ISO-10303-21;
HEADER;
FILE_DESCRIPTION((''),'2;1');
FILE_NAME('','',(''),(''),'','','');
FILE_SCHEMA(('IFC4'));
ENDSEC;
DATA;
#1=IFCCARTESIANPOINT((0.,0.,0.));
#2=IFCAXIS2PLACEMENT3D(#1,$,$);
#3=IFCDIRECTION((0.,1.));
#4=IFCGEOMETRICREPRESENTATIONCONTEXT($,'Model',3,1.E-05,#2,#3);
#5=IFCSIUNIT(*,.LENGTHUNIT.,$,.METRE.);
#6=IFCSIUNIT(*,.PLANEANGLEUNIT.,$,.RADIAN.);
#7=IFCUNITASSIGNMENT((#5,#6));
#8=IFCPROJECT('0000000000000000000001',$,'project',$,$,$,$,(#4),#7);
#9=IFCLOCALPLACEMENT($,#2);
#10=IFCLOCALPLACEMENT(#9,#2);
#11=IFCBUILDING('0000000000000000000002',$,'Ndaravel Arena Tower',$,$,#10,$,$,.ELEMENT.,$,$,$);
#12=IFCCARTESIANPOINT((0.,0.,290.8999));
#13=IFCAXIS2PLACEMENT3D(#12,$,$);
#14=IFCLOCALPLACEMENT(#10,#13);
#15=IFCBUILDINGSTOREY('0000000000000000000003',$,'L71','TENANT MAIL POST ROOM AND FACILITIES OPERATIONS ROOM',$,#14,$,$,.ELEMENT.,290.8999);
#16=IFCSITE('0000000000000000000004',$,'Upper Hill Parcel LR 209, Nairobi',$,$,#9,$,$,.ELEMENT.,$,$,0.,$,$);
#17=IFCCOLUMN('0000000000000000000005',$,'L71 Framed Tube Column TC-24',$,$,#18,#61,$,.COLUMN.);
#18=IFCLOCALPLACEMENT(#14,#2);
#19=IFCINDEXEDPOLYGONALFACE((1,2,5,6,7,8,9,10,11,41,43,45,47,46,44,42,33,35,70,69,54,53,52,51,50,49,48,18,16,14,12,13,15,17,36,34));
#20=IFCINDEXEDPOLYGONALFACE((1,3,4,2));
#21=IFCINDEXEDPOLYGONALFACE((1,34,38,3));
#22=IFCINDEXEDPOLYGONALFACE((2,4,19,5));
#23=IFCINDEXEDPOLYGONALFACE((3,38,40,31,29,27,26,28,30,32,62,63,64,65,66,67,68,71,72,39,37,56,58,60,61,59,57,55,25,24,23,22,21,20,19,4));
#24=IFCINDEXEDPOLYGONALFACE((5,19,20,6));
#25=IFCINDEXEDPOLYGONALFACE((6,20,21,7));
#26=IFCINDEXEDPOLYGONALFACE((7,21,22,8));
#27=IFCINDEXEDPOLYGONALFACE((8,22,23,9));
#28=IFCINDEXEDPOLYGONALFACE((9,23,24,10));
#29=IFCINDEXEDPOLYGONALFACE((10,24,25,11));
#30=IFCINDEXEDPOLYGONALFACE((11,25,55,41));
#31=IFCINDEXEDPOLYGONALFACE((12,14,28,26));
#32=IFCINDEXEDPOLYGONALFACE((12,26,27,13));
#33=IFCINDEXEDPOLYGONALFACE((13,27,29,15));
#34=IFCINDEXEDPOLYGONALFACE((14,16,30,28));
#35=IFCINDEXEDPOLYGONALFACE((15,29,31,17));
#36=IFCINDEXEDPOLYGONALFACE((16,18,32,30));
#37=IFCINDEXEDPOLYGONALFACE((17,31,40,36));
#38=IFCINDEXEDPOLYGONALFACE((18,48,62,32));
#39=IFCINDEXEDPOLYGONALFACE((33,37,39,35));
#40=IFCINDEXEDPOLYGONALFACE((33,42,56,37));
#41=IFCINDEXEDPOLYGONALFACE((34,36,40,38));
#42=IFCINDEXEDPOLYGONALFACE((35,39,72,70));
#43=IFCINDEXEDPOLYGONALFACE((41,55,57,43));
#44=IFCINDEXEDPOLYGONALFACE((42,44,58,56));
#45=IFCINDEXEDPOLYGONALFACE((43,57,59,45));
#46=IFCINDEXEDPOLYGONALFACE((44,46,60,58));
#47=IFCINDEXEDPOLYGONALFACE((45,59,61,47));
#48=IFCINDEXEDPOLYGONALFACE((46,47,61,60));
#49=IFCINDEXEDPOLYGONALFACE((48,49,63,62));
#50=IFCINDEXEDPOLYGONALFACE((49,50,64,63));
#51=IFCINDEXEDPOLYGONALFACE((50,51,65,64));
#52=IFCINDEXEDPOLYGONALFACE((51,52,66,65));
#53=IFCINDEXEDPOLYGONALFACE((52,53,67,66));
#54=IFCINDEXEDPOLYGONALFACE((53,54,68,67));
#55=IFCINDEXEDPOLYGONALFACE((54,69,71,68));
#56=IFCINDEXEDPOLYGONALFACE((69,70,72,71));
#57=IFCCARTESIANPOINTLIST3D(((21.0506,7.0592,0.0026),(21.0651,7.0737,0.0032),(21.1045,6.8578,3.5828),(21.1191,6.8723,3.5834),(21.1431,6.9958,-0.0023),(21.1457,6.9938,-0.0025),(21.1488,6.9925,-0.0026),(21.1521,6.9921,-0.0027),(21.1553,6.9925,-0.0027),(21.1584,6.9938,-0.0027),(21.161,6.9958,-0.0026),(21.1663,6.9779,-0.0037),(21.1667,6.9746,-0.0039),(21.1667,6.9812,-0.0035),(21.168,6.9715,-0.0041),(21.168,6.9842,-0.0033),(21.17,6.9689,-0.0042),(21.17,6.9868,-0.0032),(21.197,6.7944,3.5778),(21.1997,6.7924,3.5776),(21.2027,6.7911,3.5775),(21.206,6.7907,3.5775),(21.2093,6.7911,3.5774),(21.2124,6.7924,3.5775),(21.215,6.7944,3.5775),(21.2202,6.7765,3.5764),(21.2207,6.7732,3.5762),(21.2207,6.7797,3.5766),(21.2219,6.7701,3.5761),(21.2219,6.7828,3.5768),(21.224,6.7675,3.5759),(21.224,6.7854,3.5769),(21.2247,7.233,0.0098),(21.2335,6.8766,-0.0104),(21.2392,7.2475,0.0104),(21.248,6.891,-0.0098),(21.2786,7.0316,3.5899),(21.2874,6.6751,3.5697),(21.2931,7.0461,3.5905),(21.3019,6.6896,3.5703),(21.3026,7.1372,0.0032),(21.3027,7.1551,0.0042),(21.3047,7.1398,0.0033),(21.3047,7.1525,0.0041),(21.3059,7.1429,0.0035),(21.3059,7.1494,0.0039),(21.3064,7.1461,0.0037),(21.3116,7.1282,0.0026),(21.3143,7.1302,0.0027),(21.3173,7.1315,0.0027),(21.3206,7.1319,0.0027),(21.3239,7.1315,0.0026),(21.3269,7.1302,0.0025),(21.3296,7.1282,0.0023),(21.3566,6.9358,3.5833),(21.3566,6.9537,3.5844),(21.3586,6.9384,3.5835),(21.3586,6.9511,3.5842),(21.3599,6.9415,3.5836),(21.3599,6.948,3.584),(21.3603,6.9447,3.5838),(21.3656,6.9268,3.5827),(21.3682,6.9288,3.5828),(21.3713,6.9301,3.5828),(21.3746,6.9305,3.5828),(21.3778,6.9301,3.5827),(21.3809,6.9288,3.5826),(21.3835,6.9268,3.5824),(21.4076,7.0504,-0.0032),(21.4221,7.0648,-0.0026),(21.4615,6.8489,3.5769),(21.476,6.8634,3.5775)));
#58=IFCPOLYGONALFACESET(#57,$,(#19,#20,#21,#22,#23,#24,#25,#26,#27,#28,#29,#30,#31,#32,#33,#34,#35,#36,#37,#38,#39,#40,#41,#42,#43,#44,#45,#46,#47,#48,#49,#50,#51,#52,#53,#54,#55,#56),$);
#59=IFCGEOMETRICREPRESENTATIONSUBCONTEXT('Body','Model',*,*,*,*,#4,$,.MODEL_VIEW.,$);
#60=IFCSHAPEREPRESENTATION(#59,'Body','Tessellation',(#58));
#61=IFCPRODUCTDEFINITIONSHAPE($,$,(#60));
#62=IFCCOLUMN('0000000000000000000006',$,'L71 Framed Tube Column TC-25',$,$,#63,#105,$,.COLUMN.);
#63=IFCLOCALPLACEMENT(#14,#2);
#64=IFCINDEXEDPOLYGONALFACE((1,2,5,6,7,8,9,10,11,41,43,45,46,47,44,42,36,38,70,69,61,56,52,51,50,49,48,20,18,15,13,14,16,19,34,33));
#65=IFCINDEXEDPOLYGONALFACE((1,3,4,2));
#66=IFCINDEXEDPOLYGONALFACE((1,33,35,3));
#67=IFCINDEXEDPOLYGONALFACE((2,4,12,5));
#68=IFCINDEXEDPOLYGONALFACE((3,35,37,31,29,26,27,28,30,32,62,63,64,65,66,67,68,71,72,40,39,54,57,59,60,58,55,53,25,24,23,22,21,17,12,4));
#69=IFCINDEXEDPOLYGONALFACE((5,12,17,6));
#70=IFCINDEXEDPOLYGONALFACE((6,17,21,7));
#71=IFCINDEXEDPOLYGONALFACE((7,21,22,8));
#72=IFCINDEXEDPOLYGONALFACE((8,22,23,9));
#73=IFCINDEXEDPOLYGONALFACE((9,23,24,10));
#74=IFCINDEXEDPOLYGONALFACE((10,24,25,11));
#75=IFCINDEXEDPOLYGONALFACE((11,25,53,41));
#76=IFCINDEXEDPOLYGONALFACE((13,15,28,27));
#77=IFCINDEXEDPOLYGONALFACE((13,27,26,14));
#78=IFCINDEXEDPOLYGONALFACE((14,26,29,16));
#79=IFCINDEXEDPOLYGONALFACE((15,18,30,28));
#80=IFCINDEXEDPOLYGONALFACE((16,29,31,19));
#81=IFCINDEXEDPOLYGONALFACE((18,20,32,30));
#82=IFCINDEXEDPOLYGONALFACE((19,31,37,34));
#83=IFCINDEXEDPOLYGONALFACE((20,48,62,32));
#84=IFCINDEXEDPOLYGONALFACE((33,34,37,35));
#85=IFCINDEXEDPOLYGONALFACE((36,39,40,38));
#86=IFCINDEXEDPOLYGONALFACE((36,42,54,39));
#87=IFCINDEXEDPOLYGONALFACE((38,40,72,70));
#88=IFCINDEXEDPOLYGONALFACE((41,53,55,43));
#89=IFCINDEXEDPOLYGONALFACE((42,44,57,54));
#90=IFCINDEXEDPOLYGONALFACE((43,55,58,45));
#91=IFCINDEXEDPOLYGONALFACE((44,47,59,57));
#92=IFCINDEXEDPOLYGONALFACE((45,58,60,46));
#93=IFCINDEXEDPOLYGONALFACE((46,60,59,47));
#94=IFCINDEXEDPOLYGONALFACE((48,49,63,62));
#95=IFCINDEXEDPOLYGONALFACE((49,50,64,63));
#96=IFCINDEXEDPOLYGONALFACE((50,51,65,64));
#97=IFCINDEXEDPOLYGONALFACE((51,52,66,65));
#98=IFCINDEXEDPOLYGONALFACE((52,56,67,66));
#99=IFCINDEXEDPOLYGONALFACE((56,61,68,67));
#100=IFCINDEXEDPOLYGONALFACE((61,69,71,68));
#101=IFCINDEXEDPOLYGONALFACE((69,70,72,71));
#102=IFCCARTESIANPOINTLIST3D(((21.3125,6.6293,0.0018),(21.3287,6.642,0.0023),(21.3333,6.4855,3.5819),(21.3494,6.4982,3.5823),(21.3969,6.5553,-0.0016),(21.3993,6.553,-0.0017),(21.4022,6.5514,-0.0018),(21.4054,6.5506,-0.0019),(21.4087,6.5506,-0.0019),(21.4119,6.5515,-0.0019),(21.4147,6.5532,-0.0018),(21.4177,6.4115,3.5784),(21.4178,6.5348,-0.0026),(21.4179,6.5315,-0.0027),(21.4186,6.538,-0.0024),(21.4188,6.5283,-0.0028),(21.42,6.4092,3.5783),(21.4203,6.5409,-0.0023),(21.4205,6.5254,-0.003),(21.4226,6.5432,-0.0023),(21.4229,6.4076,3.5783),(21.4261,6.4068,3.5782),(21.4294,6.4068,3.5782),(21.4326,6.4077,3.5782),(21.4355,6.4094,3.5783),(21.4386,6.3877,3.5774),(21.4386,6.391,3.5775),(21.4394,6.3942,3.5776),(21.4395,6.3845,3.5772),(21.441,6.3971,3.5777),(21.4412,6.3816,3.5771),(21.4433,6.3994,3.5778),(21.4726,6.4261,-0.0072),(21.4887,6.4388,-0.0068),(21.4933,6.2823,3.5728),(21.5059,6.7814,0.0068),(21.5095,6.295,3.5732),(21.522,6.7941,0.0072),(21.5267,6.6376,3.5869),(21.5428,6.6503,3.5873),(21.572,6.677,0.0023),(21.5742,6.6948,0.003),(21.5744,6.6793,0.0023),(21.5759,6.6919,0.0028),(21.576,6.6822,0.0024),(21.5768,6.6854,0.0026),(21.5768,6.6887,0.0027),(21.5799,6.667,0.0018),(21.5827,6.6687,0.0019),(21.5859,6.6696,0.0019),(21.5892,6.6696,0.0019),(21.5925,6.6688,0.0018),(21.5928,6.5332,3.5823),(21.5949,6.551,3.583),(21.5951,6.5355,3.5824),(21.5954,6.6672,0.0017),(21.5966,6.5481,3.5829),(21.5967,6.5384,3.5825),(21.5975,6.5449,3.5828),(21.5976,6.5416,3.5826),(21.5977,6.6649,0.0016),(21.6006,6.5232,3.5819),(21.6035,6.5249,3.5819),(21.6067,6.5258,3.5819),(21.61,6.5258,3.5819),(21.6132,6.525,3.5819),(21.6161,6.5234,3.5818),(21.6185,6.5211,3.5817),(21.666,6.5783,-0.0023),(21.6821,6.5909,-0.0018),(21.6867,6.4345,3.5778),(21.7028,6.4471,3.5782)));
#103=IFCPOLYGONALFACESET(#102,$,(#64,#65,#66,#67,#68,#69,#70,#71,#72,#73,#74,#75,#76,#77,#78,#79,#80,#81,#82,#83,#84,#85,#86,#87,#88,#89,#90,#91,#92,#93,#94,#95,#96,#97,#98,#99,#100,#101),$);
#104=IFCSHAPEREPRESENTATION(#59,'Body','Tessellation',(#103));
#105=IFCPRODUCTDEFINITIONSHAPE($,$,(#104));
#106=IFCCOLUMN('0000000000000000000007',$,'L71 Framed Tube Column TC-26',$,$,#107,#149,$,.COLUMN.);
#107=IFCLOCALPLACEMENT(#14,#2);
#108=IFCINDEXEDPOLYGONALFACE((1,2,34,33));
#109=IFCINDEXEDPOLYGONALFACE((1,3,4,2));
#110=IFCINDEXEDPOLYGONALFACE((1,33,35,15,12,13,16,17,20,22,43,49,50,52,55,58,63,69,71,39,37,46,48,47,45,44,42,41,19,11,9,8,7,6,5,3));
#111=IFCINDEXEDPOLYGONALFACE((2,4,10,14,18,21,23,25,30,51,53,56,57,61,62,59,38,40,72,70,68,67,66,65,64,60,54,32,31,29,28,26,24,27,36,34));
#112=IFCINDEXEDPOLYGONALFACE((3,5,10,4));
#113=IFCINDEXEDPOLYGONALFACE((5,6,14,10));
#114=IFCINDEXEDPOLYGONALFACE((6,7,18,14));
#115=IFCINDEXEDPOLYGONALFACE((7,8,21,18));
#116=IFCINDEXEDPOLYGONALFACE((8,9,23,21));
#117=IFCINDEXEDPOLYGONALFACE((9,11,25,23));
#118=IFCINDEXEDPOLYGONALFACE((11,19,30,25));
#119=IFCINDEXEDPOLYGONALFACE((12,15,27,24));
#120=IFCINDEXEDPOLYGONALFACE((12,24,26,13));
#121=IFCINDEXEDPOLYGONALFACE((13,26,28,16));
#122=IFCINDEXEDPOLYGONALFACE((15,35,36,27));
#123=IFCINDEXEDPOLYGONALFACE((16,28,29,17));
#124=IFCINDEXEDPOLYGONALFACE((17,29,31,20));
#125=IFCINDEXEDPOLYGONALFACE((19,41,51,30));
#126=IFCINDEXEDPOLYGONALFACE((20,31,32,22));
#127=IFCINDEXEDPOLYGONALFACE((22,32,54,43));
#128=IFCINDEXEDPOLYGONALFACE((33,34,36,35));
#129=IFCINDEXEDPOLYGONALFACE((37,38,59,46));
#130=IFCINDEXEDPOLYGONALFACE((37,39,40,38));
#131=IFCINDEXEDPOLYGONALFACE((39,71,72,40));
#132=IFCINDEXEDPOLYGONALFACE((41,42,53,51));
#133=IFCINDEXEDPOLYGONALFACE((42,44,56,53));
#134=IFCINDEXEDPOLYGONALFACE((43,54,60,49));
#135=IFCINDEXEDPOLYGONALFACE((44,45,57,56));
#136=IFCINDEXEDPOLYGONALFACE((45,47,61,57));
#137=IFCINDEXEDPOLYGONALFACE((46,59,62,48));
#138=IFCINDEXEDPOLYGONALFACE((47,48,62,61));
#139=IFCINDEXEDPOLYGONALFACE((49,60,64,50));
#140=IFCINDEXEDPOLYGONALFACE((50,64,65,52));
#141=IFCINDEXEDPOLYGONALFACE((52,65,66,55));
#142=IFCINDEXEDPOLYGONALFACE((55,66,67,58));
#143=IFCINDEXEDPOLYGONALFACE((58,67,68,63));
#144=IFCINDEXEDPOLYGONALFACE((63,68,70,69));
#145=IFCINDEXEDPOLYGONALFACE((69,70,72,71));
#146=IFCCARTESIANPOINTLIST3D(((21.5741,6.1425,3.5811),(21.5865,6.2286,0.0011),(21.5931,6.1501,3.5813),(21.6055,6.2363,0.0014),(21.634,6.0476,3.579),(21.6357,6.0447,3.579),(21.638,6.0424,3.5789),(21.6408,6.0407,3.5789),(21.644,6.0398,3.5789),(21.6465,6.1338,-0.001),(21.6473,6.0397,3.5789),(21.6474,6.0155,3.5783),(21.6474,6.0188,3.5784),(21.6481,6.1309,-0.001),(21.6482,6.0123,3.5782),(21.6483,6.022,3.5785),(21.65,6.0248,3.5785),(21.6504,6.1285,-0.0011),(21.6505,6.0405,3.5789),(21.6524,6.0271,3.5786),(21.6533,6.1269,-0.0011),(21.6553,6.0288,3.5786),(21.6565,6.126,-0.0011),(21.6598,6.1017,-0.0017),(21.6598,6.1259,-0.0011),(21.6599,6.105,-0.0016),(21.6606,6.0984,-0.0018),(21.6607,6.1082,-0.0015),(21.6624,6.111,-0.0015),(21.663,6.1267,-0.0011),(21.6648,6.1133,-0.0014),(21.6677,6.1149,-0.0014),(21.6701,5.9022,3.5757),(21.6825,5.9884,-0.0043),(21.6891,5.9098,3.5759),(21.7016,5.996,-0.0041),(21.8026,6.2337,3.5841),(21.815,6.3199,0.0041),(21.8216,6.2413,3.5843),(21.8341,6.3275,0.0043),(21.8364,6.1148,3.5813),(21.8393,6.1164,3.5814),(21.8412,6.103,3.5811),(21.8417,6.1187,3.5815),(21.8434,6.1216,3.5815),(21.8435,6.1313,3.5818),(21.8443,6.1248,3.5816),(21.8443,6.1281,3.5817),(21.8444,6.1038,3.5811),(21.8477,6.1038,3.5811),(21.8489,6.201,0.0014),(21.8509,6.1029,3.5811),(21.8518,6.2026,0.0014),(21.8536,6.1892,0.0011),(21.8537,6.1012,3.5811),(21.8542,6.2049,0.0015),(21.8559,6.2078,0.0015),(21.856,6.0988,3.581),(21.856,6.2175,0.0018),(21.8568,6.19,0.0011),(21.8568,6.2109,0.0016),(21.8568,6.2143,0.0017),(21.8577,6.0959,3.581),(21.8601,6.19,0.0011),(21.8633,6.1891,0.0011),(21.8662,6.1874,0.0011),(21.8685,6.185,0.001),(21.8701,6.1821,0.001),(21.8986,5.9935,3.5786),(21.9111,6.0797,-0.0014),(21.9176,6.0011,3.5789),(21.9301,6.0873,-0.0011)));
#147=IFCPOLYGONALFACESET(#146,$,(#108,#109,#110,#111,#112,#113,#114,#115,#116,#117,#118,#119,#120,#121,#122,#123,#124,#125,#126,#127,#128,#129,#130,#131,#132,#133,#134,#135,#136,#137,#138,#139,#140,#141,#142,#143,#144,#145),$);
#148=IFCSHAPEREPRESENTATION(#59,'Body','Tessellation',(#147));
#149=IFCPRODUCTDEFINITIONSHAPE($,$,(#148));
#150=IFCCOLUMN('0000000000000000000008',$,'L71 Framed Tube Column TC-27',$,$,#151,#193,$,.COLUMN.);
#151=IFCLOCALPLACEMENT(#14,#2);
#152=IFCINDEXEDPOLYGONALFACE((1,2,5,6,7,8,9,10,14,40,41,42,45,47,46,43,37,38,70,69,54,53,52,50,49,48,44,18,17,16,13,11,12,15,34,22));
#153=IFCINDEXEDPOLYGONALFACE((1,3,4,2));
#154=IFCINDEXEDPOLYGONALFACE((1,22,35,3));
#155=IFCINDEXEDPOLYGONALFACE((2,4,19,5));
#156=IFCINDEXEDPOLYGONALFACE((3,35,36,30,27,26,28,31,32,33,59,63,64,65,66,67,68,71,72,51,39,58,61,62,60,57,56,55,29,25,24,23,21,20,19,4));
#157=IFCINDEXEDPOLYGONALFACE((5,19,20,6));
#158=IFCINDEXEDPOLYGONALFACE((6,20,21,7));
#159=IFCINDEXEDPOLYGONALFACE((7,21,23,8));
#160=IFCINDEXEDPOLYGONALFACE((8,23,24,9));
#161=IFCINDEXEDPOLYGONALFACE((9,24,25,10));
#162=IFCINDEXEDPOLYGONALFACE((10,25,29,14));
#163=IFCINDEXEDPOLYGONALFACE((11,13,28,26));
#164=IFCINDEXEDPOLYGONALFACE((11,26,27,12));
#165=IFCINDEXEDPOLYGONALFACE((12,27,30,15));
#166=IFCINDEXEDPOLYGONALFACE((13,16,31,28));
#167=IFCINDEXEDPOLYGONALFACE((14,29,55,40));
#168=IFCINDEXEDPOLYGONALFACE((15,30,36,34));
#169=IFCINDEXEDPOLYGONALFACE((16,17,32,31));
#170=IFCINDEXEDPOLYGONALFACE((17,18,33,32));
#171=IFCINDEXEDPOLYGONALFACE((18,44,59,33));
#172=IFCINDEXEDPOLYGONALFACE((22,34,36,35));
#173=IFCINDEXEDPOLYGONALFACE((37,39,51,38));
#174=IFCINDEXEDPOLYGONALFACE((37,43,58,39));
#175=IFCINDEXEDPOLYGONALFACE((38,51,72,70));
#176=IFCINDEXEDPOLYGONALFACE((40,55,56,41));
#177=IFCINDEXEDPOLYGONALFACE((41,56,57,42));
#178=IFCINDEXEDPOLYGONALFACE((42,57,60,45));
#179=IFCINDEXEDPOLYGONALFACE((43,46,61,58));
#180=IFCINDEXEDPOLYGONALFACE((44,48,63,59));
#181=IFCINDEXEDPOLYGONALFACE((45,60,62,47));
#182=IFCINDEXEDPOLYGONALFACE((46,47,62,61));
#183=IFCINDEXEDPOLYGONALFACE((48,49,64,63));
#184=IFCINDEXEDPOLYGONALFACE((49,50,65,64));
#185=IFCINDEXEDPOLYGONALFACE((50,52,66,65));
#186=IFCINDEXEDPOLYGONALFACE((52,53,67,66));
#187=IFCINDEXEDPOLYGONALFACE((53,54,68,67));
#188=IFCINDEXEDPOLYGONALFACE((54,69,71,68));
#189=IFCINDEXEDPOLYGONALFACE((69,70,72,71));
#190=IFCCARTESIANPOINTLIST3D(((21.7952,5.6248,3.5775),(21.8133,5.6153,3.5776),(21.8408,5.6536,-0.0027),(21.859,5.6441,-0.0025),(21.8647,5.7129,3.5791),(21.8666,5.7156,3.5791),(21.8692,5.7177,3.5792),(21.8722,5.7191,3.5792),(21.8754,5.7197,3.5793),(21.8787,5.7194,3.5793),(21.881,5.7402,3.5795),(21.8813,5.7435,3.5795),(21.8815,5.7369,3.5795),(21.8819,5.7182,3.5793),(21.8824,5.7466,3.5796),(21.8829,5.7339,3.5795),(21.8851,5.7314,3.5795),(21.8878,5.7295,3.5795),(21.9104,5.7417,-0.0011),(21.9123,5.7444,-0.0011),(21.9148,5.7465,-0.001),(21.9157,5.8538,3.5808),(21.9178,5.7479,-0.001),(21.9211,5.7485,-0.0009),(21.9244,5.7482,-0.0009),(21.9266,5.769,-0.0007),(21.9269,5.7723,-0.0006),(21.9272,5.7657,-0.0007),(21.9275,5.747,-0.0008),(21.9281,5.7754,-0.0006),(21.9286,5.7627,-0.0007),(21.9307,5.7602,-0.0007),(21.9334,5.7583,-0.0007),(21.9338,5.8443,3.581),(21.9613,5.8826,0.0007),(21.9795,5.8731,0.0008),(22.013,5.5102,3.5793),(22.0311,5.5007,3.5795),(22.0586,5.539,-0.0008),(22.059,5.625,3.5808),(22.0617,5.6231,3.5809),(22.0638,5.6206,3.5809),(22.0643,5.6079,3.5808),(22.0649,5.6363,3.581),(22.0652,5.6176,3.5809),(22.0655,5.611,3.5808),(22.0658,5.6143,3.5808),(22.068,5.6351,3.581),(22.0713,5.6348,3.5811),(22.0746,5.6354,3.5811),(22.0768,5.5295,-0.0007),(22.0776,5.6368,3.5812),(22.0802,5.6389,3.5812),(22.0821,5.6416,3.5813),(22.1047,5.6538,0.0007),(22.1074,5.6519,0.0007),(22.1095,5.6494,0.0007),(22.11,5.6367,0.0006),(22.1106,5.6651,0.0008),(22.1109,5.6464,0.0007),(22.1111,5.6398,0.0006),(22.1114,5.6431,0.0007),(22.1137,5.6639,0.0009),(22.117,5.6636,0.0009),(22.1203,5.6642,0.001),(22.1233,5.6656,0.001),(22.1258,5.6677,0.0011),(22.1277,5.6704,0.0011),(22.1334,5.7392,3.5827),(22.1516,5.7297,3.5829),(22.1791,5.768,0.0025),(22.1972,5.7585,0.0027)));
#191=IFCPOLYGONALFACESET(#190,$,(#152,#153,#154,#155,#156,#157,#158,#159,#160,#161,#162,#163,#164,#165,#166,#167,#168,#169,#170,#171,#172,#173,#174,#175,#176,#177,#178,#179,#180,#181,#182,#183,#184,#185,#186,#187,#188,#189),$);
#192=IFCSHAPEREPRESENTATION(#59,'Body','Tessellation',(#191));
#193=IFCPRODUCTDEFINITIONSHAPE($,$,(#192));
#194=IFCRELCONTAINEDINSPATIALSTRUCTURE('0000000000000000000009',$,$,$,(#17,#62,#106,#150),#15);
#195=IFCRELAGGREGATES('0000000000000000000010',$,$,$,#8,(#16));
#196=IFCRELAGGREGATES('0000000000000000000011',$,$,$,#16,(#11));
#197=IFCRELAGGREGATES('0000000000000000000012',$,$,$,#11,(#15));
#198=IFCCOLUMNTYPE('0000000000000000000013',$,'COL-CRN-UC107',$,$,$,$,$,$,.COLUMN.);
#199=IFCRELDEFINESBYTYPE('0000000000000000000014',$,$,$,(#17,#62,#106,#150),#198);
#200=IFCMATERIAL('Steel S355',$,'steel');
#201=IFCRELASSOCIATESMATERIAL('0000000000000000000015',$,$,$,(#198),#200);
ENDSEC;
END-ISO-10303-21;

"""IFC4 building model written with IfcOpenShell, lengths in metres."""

from ifc_helpers import new_model, si_unit, direction, frame, origin, origin_2d, place, context, subcontext, project, spatial, i_section, extrude, material, material_profile, profile_set, type_object, element, save


model = new_model("IFC4")

# Units and contexts
model_context = context("Model", 3, precision=1e-05, world=origin(), true_north=direction((0.0, 1.0)))
body_context = subcontext(model_context, "Body", "Model", "MODEL_VIEW")
ifc_project = project(units=[si_unit("LENGTHUNIT", "METRE"), si_unit("PLANEANGLEUNIT", "RADIAN")], contexts=[model_context])

# Site, building, storey
site_placement = place(None, origin())
site = spatial("IfcSite", under=ifc_project, at=site_placement, Name="Upper Hill Parcel LR 209, Nairobi", CompositionType="ELEMENT", RefElevation=0.0)
building_placement = place(site_placement, origin())
building = spatial("IfcBuilding", under=site, at=building_placement, Name="Ndaravel Arena Tower", CompositionType="ELEMENT")
storey_placement = place(building_placement, frame((0.0, 0.0, 290.8999)))
storey = spatial("IfcBuildingStorey", under=building, at=storey_placement, Name="L71", Description="TENANT MAIL POST ROOM AND FACILITIES OPERATIONS ROOM", CompositionType="ELEMENT", Elevation=290.8999)

# Columns
ifc_material_1 = material(Name="Steel S355", Category="steel")
ifc_material_profile_1 = material_profile(ifc_material_1, i_section(OverallWidth=0.2588, OverallDepth=0.2666, WebThickness=0.0127, FlangeThickness=0.0205, FilletRadius=0.0127, at=origin_2d()), Name="UC 254x254x107")
ifc_profile_set_1 = profile_set([ifc_material_profile_1], Name="Steel S355")
column_type = type_object("IfcColumnType", Name="COL-CRN-UC107", PredefinedType="COLUMN", material=ifc_profile_set_1)
column_1_placement = place(storey_placement, frame((21.2363, 7.062, 0.0), z_axis=(0.015045, -0.056165, 0.998308), x_axis=(-0.706681, 0.705738, 0.050355)))
element("IfcColumn", 1, at=column_1_placement, inside=storey, type_object=column_type, Name="L71 Framed Tube Column TC-24", PredefinedType="COLUMN", context=body_context, shape_type="SweptSolid", body=[
    extrude(i_section(OverallWidth=0.2588, OverallDepth=0.2666, WebThickness=0.0127, FlangeThickness=0.0205, FilletRadius=0.0127, at=origin_2d()), origin(), (0.0, 0.0, 1.0), 3.5862),
])
column_2_placement = place(storey_placement, frame((21.4973, 6.6101, 0.0), z_axis=(0.005792, -0.040133, 0.999178), x_axis=(-0.618468, 0.785025, 0.035117)))
element("IfcColumn", 2, at=column_2_placement, inside=storey, type_object=column_type, Name="L71 Framed Tube Column TC-25", PredefinedType="COLUMN", context=body_context, shape_type="SweptSolid", body=[
    extrude(i_section(OverallWidth=0.2588, OverallDepth=0.2666, WebThickness=0.0127, FlangeThickness=0.0205, FilletRadius=0.0127, at=origin_2d()), origin(), (0.0, 0.0, 1.0), 3.583),
])
column_3_placement = place(storey_placement, frame((21.7583, 6.158, 0.0), z_axis=(-0.003477, -0.024065, 0.999704), x_axis=(-0.371065, 0.928368, 0.021058)))
element("IfcColumn", 3, at=column_3_placement, inside=storey, type_object=column_type, Name="L71 Framed Tube Column TC-26", PredefinedType="COLUMN", context=body_context, shape_type="SweptSolid", body=[
    extrude(i_section(OverallWidth=0.2588, OverallDepth=0.2666, WebThickness=0.0127, FlangeThickness=0.0205, FilletRadius=0.0127, at=origin_2d()), origin(), (0.0, 0.0, 1.0), 3.5811),
])
column_4_placement = place(storey_placement, frame((22.019, 5.7061, 0.0), z_axis=(-0.012751, -0.008046, 0.999886), x_axis=(0.465491, 0.884956, 0.013057)))
element("IfcColumn", 4, at=column_4_placement, inside=storey, type_object=column_type, Name="L71 Framed Tube Column TC-27", PredefinedType="COLUMN", context=body_context, shape_type="SweptSolid", body=[
    extrude(i_section(OverallWidth=0.2588, OverallDepth=0.2666, WebThickness=0.0127, FlangeThickness=0.0205, FilletRadius=0.0127, at=origin_2d()), origin(), (0.0, 0.0, 1.0), 3.5806),
])

save(model, "model.ifc")
